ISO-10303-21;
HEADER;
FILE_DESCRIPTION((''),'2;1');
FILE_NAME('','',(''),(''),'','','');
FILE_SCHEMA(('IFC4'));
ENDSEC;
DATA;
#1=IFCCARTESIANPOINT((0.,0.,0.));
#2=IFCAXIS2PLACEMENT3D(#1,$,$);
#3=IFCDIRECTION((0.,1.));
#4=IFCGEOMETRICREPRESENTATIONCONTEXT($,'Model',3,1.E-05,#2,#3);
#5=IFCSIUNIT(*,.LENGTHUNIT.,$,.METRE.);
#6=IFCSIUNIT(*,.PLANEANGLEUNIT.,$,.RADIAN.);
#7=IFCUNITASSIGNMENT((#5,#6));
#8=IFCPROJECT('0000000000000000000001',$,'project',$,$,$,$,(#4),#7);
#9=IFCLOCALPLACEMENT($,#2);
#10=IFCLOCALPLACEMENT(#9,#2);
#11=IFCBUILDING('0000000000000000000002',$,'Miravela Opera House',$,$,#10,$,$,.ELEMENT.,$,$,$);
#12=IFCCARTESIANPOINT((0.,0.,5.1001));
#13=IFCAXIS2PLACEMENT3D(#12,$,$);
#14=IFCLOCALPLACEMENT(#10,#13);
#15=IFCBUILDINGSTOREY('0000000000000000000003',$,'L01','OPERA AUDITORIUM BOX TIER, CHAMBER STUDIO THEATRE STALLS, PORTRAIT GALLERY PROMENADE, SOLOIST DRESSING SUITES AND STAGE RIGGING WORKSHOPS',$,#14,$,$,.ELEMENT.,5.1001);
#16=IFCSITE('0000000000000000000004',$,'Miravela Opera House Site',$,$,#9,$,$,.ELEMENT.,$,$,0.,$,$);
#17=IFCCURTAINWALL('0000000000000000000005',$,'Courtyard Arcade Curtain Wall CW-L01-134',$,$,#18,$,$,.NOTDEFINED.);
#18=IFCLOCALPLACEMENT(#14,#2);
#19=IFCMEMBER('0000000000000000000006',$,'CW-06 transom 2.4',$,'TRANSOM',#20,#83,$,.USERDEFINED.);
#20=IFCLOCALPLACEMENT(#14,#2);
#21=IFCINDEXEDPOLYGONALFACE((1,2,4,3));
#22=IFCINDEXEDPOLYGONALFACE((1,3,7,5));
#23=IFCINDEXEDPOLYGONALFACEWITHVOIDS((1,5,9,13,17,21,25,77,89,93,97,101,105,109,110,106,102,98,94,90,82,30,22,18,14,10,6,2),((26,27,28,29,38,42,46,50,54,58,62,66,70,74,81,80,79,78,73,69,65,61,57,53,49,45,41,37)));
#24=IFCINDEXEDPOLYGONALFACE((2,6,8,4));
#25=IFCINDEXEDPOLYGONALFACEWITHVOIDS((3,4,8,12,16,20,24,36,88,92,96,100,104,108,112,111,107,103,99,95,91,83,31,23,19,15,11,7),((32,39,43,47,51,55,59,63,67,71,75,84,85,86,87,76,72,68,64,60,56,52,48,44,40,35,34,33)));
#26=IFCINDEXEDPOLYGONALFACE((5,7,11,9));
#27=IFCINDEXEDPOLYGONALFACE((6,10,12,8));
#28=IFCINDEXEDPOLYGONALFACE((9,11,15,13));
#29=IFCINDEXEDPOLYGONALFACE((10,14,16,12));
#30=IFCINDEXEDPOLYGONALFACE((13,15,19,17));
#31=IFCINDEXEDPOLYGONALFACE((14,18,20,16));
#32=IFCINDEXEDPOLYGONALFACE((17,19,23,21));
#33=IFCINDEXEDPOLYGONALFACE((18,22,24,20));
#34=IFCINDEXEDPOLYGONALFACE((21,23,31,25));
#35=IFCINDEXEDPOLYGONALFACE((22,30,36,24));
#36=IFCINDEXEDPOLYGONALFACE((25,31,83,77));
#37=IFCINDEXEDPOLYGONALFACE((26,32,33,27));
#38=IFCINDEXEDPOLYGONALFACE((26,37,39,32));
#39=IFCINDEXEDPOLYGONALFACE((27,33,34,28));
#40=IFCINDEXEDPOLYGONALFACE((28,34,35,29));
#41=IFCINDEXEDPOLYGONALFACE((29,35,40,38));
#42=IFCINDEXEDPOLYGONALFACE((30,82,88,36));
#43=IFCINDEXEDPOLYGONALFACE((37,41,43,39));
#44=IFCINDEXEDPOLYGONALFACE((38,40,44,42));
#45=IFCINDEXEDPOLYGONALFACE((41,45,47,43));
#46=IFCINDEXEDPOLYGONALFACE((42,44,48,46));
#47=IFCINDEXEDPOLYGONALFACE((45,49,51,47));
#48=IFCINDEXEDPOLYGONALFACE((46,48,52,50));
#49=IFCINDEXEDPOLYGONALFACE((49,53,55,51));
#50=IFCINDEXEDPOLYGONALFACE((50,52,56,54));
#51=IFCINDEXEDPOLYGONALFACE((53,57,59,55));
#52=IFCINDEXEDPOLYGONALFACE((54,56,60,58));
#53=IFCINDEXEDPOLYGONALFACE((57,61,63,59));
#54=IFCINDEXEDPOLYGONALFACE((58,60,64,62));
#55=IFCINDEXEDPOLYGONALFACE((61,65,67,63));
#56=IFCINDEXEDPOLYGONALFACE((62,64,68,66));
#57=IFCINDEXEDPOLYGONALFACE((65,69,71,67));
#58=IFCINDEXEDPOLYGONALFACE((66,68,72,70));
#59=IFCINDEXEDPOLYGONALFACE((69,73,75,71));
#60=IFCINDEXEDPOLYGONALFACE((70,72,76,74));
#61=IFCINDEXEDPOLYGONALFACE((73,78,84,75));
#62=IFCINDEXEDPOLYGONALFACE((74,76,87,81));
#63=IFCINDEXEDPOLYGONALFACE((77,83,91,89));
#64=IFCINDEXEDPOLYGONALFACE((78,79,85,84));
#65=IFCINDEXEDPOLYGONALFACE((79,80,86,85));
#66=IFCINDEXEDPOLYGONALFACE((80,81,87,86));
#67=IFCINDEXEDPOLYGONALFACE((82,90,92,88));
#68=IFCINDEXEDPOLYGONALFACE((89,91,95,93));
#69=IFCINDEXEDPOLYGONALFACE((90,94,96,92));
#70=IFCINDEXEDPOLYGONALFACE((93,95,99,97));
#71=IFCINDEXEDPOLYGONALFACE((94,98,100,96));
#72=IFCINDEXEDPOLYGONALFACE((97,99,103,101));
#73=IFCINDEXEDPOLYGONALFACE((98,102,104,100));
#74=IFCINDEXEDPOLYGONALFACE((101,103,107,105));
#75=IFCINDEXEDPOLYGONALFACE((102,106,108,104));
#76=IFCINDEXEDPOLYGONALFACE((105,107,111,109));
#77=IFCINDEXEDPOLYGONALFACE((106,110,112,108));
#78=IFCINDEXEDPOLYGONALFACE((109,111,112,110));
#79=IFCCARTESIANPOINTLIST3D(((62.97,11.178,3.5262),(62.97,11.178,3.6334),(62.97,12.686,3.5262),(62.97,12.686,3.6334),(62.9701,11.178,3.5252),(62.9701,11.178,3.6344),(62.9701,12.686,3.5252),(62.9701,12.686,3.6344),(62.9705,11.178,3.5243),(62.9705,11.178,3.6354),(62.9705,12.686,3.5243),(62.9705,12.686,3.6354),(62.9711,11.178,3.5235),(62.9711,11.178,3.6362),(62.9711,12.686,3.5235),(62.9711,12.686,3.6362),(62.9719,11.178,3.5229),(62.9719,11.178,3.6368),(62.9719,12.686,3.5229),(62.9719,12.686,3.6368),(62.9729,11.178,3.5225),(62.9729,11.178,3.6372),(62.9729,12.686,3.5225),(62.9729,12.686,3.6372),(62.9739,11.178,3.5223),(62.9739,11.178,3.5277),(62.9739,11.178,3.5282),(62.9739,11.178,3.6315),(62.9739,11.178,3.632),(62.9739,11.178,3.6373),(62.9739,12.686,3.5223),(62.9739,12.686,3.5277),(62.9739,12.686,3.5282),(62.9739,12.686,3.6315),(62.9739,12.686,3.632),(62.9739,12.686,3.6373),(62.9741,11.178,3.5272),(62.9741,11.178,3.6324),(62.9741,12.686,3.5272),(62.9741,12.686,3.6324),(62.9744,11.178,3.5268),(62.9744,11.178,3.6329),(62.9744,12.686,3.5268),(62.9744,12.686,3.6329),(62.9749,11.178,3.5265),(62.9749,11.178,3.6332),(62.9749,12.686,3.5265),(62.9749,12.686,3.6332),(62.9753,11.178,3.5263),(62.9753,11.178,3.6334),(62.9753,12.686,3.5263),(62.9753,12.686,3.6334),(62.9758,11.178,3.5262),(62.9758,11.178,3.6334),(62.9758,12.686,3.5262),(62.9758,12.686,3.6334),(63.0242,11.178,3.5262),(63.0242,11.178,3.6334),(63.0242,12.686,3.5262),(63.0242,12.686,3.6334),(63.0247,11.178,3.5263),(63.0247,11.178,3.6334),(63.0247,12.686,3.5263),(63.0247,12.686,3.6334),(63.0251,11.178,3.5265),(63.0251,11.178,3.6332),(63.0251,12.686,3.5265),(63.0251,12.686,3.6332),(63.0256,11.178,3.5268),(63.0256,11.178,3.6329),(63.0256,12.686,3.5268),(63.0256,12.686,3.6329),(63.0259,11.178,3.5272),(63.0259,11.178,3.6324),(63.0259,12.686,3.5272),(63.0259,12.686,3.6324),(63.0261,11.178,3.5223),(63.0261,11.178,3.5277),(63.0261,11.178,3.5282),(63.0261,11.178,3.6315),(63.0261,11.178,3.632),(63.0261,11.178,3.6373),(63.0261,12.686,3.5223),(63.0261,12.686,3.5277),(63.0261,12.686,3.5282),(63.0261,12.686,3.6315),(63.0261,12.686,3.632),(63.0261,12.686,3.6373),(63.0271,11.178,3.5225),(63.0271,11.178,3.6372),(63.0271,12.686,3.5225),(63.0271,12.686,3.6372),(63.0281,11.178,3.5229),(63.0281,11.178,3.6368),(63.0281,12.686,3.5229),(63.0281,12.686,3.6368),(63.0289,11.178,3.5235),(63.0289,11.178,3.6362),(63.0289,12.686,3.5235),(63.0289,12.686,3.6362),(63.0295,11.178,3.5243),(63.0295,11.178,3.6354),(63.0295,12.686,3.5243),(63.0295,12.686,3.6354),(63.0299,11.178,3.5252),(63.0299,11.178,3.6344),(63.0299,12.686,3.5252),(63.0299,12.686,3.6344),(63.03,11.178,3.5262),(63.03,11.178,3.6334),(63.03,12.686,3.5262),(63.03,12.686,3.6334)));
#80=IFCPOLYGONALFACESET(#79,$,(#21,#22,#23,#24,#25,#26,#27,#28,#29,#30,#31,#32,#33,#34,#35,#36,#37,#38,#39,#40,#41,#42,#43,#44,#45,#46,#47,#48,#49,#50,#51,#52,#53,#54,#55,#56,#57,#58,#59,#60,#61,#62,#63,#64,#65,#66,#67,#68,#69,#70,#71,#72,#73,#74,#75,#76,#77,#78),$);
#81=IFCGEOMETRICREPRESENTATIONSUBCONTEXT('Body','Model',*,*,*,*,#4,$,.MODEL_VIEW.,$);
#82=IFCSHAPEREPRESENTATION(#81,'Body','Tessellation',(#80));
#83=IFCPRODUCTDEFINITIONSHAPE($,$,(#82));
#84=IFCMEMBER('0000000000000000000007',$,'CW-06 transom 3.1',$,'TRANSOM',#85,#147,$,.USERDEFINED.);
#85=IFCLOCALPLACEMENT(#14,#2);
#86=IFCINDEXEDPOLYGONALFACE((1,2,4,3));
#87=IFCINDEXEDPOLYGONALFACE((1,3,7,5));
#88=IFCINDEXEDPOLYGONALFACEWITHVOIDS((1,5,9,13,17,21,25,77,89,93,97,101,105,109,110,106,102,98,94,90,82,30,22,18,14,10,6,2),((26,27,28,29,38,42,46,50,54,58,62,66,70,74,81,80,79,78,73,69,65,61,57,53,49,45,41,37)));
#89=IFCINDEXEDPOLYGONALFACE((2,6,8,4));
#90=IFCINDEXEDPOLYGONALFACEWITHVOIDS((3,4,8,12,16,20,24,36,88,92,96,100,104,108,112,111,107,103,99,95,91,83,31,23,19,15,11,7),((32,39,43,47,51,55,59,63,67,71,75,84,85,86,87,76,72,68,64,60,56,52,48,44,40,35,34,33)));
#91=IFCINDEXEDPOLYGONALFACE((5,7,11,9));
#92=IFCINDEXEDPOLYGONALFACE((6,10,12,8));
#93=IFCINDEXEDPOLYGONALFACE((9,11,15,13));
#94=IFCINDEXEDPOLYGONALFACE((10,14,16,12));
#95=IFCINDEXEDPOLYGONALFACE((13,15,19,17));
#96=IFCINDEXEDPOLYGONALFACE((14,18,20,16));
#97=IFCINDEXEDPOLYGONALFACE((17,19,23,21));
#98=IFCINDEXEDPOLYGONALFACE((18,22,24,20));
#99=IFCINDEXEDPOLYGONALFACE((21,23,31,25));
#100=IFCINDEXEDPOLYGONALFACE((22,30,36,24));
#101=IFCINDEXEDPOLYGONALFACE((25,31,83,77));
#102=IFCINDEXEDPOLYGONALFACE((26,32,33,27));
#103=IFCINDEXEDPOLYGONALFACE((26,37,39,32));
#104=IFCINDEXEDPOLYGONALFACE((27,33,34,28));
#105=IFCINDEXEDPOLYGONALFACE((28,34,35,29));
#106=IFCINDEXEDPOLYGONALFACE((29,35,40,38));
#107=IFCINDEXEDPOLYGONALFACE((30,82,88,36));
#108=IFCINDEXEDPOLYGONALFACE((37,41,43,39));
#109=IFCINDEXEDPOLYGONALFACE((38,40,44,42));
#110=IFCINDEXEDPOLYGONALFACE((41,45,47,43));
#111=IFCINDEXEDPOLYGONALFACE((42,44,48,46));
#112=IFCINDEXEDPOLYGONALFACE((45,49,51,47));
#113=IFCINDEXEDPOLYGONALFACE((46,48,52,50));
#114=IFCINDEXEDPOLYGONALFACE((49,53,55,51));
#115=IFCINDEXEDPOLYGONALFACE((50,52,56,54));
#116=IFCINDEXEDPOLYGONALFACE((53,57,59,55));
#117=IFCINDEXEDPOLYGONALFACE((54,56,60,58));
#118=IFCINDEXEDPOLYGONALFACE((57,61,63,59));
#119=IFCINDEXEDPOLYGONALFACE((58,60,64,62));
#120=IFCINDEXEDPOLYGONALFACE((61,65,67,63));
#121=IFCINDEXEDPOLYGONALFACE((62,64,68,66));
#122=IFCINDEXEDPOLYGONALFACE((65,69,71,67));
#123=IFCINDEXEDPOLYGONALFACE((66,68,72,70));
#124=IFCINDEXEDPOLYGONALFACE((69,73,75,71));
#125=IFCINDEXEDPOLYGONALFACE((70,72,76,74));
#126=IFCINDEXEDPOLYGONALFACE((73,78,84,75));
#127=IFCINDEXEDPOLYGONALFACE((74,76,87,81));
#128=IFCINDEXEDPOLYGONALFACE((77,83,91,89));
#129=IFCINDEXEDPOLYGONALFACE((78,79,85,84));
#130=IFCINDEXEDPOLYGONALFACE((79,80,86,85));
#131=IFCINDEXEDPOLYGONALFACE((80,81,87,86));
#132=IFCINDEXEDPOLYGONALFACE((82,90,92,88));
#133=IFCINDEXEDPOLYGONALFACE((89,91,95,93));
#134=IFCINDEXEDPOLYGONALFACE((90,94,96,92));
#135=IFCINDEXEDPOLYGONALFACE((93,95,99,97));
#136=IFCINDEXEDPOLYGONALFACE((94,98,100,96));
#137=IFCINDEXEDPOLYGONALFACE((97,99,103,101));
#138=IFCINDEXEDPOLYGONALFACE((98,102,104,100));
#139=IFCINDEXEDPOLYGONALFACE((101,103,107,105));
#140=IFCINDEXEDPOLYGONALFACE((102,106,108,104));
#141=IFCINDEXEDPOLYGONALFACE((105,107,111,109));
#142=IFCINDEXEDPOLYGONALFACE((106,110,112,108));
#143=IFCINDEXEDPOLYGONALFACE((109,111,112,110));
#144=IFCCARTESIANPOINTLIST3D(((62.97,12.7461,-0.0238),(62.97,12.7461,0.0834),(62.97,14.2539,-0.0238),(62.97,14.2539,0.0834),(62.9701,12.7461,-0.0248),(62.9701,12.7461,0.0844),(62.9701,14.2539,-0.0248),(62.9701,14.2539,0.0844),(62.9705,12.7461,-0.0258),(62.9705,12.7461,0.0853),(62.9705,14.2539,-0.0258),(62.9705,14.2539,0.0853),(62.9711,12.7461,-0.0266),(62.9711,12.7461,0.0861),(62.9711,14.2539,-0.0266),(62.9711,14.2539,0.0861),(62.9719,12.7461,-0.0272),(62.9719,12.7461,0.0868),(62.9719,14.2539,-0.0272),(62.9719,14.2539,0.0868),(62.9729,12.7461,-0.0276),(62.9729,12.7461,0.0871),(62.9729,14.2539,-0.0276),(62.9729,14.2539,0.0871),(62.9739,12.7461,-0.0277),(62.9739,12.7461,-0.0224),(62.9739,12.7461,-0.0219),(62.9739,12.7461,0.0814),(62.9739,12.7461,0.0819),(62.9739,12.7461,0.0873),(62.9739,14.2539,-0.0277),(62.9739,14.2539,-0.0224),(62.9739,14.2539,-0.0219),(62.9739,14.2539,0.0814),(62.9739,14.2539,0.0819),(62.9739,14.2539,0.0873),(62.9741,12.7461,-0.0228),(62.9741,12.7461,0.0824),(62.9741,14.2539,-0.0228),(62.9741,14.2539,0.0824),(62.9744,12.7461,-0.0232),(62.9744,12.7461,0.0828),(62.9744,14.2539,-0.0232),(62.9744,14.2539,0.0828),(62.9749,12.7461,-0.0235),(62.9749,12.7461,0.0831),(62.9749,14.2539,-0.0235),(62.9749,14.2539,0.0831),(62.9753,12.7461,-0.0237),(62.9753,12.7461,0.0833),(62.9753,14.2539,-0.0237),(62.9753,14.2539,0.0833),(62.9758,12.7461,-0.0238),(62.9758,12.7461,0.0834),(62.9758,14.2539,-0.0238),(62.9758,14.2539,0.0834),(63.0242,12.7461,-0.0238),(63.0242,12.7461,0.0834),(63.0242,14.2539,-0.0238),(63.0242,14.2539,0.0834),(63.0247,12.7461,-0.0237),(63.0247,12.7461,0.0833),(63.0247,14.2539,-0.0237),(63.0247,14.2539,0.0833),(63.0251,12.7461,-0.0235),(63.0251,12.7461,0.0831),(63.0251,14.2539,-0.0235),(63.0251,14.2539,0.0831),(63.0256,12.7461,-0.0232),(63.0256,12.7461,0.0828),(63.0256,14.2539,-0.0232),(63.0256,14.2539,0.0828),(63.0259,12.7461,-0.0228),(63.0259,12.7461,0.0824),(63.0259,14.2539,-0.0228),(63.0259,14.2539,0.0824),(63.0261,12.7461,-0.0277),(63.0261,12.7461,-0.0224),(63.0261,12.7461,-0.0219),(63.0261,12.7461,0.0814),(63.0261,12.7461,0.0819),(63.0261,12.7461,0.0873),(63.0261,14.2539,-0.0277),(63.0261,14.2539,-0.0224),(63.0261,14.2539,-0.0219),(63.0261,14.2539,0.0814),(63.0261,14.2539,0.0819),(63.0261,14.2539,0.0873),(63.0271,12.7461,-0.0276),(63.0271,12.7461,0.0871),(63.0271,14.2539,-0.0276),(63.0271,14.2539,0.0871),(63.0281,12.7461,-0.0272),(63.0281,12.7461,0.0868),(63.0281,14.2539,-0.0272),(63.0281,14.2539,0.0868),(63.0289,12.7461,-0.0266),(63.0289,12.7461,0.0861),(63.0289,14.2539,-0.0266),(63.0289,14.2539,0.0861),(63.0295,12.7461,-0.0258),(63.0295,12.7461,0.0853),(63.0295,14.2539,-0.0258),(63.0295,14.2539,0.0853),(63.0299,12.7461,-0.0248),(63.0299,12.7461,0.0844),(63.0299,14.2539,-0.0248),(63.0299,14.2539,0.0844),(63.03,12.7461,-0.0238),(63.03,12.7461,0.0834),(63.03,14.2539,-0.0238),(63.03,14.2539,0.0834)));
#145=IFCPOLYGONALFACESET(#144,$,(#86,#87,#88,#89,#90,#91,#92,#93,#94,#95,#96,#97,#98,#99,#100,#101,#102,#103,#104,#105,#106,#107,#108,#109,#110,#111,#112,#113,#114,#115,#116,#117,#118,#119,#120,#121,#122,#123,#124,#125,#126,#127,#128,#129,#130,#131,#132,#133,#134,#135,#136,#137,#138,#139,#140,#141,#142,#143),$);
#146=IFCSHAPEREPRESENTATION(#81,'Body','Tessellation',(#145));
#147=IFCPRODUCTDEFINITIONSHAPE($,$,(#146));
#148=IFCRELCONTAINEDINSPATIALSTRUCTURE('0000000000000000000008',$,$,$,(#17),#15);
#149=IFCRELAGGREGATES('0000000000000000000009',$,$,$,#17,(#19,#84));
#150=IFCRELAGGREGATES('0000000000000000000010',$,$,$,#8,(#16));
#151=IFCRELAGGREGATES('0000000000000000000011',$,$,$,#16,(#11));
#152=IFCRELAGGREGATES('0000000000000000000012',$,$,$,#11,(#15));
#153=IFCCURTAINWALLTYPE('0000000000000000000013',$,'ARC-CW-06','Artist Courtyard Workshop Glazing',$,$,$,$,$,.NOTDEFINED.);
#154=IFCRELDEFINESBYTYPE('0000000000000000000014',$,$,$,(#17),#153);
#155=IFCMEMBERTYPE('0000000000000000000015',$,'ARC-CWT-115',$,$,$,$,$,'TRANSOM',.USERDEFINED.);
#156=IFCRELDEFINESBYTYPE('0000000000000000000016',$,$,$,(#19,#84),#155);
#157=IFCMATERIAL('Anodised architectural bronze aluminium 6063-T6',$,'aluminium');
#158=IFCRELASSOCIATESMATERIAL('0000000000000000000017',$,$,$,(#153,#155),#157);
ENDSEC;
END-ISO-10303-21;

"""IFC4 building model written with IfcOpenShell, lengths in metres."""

from ifc_helpers import new_model, si_unit, direction, frame, origin, origin_2d, place, context, subcontext, project, spatial, hollow_rectangle, extrude, material, material_profile, profile_set, type_object, element, aggregate, save


model = new_model("IFC4")

# Units and contexts
model_context = context("Model", 3, precision=1e-05, world=origin(), true_north=direction((0.0, 1.0)))
body_context = subcontext(model_context, "Body", "Model", "MODEL_VIEW")
ifc_project = project(units=[si_unit("LENGTHUNIT", "METRE"), si_unit("PLANEANGLEUNIT", "RADIAN")], contexts=[model_context])

# Site, building, storey
site_placement = place(None, origin())
site = spatial("IfcSite", under=ifc_project, at=site_placement, Name="Miravela Opera House Site", CompositionType="ELEMENT", RefElevation=0.0)
building_placement = place(site_placement, origin())
building = spatial("IfcBuilding", under=site, at=building_placement, Name="Miravela Opera House", CompositionType="ELEMENT")
storey_placement = place(building_placement, frame((0.0, 0.0, 5.1001)))
storey = spatial("IfcBuildingStorey", under=building, at=storey_placement, Name="L01", Description="OPERA AUDITORIUM BOX TIER, CHAMBER STUDIO THEATRE STALLS, PORTRAIT GALLERY PROMENADE, SOLOIST DRESSING SUITES AND STAGE RIGGING WORKSHOPS", CompositionType="ELEMENT", Elevation=5.1001)

# Curtain wall, members
ifc_material_1 = material(Name="Anodised architectural bronze aluminium 6063-T6", Category="aluminium")
curtain_wall_type = type_object("IfcCurtainWallType", Name="ARC-CW-06", Description="Artist Courtyard Workshop Glazing", PredefinedType="NOTDEFINED", material=ifc_material_1)
curtain_wall_placement = place(storey_placement, origin())
curtain_wall = element("IfcCurtainWall", 1, at=curtain_wall_placement, inside=storey, type_object=curtain_wall_type, Name="Courtyard Arcade Curtain Wall CW-L01-134", PredefinedType="NOTDEFINED")
ifc_material_profile_1 = material_profile(ifc_material_1, hollow_rectangle(XDim=0.0601, YDim=0.115, WallThickness=0.0039, InnerFilletRadius=0.002, OuterFilletRadius=0.0039, at=origin_2d()), Name="CWT-60X115")
ifc_profile_set_1 = profile_set([ifc_material_profile_1])
member_type_1 = type_object("IfcMemberType", Name="ARC-CWT-115", ElementType="TRANSOM", PredefinedType="USERDEFINED", material=ifc_profile_set_1)
member_1_placement = place(storey_placement, frame((63.0, 11.178, 3.5798), z_axis=(0.0, 1.0, 0.0), x_axis=(-1.0, 0.0, 0.0)))
member_1 = element("IfcMember", 2, at=member_1_placement, type_object=member_type_1, Name="CW-06 transom 2.4", ObjectType="TRANSOM", PredefinedType="USERDEFINED", context=body_context, shape_type="SweptSolid", body=[
    extrude(hollow_rectangle(XDim=0.0601, YDim=0.115, WallThickness=0.0039, InnerFilletRadius=0.002, OuterFilletRadius=0.0039, at=origin_2d()), origin(), (0.0, 0.0, 1.0), 1.5081),
])
member_2_placement = place(storey_placement, frame((63.0, 12.7461, 0.0298), z_axis=(0.0, 1.0, 0.0), x_axis=(-1.0, 0.0, 0.0)))
member_2 = element("IfcMember", 3, at=member_2_placement, type_object=member_type_1, Name="CW-06 transom 3.1", ObjectType="TRANSOM", PredefinedType="USERDEFINED", context=body_context, shape_type="SweptSolid", body=[
    extrude(hollow_rectangle(XDim=0.0601, YDim=0.115, WallThickness=0.0039, InnerFilletRadius=0.002, OuterFilletRadius=0.0039, at=origin_2d()), origin(), (0.0, 0.0, 1.0), 1.5078),
])

aggregate(curtain_wall, [member_1, member_2])

save(model, "model.ifc")
